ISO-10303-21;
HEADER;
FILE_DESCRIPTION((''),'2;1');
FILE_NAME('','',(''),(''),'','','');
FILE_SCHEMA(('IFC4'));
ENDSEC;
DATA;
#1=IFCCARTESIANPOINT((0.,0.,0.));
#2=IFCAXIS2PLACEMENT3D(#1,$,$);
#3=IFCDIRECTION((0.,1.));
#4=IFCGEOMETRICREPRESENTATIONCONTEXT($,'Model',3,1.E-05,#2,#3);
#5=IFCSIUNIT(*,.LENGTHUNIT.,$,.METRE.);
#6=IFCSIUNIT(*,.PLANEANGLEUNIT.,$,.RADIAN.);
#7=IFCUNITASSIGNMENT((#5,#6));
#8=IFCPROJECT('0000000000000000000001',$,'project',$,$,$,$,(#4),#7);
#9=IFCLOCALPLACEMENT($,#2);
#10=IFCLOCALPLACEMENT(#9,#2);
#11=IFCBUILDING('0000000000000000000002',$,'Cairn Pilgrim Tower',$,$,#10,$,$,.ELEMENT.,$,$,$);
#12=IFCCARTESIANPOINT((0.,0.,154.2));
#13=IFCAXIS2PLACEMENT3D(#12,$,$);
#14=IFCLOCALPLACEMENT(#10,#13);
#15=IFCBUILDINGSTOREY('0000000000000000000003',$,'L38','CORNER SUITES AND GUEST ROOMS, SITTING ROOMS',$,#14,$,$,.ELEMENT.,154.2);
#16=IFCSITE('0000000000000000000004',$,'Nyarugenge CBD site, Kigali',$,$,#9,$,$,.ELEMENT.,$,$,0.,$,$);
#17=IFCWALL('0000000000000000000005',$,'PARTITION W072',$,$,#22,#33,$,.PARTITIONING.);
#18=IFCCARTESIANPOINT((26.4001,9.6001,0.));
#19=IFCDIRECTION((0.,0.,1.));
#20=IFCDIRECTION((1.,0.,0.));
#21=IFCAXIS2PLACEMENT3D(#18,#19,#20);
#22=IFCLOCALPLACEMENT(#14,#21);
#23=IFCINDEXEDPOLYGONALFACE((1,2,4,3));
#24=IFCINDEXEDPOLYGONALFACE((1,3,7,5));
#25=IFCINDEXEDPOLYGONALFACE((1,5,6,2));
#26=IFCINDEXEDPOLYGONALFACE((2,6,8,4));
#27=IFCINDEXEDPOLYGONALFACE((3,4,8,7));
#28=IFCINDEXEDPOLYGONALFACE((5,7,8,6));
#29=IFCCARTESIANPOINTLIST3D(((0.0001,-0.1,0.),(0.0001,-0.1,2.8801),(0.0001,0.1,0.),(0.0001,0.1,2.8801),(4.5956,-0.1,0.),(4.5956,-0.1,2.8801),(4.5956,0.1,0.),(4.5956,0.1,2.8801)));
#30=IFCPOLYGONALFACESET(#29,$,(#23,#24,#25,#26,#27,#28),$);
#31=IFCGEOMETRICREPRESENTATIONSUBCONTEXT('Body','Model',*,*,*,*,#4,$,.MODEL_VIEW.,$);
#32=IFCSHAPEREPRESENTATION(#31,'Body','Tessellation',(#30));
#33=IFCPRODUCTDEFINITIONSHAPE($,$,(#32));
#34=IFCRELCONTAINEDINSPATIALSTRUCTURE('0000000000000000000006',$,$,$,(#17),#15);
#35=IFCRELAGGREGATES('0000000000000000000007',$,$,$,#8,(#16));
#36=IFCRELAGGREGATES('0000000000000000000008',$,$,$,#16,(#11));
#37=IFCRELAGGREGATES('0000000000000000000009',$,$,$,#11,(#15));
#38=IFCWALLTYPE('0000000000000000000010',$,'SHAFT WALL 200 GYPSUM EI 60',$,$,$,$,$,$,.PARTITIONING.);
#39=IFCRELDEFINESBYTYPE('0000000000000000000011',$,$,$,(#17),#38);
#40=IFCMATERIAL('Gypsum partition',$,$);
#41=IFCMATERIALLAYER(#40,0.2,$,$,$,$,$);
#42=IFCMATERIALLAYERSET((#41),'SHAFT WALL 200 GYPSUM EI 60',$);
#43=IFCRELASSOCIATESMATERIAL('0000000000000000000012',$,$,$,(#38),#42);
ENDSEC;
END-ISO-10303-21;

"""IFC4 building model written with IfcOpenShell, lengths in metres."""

from ifc_helpers import new_model, si_unit, direction, frame, frame_2d, origin, place, context, subcontext, project, spatial, rectangle, extrude, material, layer, layer_set, type_object, element, save


model = new_model("IFC4")

# Units and contexts
model_context = context("Model", 3, precision=1e-05, world=origin(), true_north=direction((0.0, 1.0)))
body_context = subcontext(model_context, "Body", "Model", "MODEL_VIEW")
ifc_project = project(units=[si_unit("LENGTHUNIT", "METRE"), si_unit("PLANEANGLEUNIT", "RADIAN")], contexts=[model_context])

# Site, building, storey
site_placement = place(None, origin())
site = spatial("IfcSite", under=ifc_project, at=site_placement, Name="Nyarugenge CBD site, Kigali", CompositionType="ELEMENT", RefElevation=0.0)
building_placement = place(site_placement, origin())
building = spatial("IfcBuilding", under=site, at=building_placement, Name="Cairn Pilgrim Tower", CompositionType="ELEMENT")
storey_placement = place(building_placement, frame((0.0, 0.0, 154.2)))
storey = spatial("IfcBuildingStorey", under=building, at=storey_placement, Name="L38", Description="CORNER SUITES AND GUEST ROOMS, SITTING ROOMS", CompositionType="ELEMENT", Elevation=154.2)

# Shared definitions
ifc_material_1 = material(Name="Gypsum partition")

# Wall
ifc_layer_1 = layer(ifc_material_1, 0.2)
ifc_layer_set_1 = layer_set([ifc_layer_1], Name="SHAFT WALL 200 GYPSUM EI 60")
wall_type_1 = type_object("IfcWallType", Name="SHAFT WALL 200 GYPSUM EI 60", PredefinedType="PARTITIONING", material=ifc_layer_set_1)
wall_1_placement = place(storey_placement, frame((26.4001, 9.6001, 0.0), z_axis=(0.0, 0.0, 1.0), x_axis=(1.0, 0.0, 0.0)))
element("IfcWall", 1, at=wall_1_placement, inside=storey, type_object=wall_type_1, Name="PARTITION W072", PredefinedType="PARTITIONING", context=body_context, shape_type="SweptSolid", body=[
    extrude(rectangle(XDim=4.5955, YDim=0.2, at=frame_2d((2.2979, 0.0))), origin(), (0.0, 0.0, 1.0), 2.8801),
])

save(model, "model.ifc")
